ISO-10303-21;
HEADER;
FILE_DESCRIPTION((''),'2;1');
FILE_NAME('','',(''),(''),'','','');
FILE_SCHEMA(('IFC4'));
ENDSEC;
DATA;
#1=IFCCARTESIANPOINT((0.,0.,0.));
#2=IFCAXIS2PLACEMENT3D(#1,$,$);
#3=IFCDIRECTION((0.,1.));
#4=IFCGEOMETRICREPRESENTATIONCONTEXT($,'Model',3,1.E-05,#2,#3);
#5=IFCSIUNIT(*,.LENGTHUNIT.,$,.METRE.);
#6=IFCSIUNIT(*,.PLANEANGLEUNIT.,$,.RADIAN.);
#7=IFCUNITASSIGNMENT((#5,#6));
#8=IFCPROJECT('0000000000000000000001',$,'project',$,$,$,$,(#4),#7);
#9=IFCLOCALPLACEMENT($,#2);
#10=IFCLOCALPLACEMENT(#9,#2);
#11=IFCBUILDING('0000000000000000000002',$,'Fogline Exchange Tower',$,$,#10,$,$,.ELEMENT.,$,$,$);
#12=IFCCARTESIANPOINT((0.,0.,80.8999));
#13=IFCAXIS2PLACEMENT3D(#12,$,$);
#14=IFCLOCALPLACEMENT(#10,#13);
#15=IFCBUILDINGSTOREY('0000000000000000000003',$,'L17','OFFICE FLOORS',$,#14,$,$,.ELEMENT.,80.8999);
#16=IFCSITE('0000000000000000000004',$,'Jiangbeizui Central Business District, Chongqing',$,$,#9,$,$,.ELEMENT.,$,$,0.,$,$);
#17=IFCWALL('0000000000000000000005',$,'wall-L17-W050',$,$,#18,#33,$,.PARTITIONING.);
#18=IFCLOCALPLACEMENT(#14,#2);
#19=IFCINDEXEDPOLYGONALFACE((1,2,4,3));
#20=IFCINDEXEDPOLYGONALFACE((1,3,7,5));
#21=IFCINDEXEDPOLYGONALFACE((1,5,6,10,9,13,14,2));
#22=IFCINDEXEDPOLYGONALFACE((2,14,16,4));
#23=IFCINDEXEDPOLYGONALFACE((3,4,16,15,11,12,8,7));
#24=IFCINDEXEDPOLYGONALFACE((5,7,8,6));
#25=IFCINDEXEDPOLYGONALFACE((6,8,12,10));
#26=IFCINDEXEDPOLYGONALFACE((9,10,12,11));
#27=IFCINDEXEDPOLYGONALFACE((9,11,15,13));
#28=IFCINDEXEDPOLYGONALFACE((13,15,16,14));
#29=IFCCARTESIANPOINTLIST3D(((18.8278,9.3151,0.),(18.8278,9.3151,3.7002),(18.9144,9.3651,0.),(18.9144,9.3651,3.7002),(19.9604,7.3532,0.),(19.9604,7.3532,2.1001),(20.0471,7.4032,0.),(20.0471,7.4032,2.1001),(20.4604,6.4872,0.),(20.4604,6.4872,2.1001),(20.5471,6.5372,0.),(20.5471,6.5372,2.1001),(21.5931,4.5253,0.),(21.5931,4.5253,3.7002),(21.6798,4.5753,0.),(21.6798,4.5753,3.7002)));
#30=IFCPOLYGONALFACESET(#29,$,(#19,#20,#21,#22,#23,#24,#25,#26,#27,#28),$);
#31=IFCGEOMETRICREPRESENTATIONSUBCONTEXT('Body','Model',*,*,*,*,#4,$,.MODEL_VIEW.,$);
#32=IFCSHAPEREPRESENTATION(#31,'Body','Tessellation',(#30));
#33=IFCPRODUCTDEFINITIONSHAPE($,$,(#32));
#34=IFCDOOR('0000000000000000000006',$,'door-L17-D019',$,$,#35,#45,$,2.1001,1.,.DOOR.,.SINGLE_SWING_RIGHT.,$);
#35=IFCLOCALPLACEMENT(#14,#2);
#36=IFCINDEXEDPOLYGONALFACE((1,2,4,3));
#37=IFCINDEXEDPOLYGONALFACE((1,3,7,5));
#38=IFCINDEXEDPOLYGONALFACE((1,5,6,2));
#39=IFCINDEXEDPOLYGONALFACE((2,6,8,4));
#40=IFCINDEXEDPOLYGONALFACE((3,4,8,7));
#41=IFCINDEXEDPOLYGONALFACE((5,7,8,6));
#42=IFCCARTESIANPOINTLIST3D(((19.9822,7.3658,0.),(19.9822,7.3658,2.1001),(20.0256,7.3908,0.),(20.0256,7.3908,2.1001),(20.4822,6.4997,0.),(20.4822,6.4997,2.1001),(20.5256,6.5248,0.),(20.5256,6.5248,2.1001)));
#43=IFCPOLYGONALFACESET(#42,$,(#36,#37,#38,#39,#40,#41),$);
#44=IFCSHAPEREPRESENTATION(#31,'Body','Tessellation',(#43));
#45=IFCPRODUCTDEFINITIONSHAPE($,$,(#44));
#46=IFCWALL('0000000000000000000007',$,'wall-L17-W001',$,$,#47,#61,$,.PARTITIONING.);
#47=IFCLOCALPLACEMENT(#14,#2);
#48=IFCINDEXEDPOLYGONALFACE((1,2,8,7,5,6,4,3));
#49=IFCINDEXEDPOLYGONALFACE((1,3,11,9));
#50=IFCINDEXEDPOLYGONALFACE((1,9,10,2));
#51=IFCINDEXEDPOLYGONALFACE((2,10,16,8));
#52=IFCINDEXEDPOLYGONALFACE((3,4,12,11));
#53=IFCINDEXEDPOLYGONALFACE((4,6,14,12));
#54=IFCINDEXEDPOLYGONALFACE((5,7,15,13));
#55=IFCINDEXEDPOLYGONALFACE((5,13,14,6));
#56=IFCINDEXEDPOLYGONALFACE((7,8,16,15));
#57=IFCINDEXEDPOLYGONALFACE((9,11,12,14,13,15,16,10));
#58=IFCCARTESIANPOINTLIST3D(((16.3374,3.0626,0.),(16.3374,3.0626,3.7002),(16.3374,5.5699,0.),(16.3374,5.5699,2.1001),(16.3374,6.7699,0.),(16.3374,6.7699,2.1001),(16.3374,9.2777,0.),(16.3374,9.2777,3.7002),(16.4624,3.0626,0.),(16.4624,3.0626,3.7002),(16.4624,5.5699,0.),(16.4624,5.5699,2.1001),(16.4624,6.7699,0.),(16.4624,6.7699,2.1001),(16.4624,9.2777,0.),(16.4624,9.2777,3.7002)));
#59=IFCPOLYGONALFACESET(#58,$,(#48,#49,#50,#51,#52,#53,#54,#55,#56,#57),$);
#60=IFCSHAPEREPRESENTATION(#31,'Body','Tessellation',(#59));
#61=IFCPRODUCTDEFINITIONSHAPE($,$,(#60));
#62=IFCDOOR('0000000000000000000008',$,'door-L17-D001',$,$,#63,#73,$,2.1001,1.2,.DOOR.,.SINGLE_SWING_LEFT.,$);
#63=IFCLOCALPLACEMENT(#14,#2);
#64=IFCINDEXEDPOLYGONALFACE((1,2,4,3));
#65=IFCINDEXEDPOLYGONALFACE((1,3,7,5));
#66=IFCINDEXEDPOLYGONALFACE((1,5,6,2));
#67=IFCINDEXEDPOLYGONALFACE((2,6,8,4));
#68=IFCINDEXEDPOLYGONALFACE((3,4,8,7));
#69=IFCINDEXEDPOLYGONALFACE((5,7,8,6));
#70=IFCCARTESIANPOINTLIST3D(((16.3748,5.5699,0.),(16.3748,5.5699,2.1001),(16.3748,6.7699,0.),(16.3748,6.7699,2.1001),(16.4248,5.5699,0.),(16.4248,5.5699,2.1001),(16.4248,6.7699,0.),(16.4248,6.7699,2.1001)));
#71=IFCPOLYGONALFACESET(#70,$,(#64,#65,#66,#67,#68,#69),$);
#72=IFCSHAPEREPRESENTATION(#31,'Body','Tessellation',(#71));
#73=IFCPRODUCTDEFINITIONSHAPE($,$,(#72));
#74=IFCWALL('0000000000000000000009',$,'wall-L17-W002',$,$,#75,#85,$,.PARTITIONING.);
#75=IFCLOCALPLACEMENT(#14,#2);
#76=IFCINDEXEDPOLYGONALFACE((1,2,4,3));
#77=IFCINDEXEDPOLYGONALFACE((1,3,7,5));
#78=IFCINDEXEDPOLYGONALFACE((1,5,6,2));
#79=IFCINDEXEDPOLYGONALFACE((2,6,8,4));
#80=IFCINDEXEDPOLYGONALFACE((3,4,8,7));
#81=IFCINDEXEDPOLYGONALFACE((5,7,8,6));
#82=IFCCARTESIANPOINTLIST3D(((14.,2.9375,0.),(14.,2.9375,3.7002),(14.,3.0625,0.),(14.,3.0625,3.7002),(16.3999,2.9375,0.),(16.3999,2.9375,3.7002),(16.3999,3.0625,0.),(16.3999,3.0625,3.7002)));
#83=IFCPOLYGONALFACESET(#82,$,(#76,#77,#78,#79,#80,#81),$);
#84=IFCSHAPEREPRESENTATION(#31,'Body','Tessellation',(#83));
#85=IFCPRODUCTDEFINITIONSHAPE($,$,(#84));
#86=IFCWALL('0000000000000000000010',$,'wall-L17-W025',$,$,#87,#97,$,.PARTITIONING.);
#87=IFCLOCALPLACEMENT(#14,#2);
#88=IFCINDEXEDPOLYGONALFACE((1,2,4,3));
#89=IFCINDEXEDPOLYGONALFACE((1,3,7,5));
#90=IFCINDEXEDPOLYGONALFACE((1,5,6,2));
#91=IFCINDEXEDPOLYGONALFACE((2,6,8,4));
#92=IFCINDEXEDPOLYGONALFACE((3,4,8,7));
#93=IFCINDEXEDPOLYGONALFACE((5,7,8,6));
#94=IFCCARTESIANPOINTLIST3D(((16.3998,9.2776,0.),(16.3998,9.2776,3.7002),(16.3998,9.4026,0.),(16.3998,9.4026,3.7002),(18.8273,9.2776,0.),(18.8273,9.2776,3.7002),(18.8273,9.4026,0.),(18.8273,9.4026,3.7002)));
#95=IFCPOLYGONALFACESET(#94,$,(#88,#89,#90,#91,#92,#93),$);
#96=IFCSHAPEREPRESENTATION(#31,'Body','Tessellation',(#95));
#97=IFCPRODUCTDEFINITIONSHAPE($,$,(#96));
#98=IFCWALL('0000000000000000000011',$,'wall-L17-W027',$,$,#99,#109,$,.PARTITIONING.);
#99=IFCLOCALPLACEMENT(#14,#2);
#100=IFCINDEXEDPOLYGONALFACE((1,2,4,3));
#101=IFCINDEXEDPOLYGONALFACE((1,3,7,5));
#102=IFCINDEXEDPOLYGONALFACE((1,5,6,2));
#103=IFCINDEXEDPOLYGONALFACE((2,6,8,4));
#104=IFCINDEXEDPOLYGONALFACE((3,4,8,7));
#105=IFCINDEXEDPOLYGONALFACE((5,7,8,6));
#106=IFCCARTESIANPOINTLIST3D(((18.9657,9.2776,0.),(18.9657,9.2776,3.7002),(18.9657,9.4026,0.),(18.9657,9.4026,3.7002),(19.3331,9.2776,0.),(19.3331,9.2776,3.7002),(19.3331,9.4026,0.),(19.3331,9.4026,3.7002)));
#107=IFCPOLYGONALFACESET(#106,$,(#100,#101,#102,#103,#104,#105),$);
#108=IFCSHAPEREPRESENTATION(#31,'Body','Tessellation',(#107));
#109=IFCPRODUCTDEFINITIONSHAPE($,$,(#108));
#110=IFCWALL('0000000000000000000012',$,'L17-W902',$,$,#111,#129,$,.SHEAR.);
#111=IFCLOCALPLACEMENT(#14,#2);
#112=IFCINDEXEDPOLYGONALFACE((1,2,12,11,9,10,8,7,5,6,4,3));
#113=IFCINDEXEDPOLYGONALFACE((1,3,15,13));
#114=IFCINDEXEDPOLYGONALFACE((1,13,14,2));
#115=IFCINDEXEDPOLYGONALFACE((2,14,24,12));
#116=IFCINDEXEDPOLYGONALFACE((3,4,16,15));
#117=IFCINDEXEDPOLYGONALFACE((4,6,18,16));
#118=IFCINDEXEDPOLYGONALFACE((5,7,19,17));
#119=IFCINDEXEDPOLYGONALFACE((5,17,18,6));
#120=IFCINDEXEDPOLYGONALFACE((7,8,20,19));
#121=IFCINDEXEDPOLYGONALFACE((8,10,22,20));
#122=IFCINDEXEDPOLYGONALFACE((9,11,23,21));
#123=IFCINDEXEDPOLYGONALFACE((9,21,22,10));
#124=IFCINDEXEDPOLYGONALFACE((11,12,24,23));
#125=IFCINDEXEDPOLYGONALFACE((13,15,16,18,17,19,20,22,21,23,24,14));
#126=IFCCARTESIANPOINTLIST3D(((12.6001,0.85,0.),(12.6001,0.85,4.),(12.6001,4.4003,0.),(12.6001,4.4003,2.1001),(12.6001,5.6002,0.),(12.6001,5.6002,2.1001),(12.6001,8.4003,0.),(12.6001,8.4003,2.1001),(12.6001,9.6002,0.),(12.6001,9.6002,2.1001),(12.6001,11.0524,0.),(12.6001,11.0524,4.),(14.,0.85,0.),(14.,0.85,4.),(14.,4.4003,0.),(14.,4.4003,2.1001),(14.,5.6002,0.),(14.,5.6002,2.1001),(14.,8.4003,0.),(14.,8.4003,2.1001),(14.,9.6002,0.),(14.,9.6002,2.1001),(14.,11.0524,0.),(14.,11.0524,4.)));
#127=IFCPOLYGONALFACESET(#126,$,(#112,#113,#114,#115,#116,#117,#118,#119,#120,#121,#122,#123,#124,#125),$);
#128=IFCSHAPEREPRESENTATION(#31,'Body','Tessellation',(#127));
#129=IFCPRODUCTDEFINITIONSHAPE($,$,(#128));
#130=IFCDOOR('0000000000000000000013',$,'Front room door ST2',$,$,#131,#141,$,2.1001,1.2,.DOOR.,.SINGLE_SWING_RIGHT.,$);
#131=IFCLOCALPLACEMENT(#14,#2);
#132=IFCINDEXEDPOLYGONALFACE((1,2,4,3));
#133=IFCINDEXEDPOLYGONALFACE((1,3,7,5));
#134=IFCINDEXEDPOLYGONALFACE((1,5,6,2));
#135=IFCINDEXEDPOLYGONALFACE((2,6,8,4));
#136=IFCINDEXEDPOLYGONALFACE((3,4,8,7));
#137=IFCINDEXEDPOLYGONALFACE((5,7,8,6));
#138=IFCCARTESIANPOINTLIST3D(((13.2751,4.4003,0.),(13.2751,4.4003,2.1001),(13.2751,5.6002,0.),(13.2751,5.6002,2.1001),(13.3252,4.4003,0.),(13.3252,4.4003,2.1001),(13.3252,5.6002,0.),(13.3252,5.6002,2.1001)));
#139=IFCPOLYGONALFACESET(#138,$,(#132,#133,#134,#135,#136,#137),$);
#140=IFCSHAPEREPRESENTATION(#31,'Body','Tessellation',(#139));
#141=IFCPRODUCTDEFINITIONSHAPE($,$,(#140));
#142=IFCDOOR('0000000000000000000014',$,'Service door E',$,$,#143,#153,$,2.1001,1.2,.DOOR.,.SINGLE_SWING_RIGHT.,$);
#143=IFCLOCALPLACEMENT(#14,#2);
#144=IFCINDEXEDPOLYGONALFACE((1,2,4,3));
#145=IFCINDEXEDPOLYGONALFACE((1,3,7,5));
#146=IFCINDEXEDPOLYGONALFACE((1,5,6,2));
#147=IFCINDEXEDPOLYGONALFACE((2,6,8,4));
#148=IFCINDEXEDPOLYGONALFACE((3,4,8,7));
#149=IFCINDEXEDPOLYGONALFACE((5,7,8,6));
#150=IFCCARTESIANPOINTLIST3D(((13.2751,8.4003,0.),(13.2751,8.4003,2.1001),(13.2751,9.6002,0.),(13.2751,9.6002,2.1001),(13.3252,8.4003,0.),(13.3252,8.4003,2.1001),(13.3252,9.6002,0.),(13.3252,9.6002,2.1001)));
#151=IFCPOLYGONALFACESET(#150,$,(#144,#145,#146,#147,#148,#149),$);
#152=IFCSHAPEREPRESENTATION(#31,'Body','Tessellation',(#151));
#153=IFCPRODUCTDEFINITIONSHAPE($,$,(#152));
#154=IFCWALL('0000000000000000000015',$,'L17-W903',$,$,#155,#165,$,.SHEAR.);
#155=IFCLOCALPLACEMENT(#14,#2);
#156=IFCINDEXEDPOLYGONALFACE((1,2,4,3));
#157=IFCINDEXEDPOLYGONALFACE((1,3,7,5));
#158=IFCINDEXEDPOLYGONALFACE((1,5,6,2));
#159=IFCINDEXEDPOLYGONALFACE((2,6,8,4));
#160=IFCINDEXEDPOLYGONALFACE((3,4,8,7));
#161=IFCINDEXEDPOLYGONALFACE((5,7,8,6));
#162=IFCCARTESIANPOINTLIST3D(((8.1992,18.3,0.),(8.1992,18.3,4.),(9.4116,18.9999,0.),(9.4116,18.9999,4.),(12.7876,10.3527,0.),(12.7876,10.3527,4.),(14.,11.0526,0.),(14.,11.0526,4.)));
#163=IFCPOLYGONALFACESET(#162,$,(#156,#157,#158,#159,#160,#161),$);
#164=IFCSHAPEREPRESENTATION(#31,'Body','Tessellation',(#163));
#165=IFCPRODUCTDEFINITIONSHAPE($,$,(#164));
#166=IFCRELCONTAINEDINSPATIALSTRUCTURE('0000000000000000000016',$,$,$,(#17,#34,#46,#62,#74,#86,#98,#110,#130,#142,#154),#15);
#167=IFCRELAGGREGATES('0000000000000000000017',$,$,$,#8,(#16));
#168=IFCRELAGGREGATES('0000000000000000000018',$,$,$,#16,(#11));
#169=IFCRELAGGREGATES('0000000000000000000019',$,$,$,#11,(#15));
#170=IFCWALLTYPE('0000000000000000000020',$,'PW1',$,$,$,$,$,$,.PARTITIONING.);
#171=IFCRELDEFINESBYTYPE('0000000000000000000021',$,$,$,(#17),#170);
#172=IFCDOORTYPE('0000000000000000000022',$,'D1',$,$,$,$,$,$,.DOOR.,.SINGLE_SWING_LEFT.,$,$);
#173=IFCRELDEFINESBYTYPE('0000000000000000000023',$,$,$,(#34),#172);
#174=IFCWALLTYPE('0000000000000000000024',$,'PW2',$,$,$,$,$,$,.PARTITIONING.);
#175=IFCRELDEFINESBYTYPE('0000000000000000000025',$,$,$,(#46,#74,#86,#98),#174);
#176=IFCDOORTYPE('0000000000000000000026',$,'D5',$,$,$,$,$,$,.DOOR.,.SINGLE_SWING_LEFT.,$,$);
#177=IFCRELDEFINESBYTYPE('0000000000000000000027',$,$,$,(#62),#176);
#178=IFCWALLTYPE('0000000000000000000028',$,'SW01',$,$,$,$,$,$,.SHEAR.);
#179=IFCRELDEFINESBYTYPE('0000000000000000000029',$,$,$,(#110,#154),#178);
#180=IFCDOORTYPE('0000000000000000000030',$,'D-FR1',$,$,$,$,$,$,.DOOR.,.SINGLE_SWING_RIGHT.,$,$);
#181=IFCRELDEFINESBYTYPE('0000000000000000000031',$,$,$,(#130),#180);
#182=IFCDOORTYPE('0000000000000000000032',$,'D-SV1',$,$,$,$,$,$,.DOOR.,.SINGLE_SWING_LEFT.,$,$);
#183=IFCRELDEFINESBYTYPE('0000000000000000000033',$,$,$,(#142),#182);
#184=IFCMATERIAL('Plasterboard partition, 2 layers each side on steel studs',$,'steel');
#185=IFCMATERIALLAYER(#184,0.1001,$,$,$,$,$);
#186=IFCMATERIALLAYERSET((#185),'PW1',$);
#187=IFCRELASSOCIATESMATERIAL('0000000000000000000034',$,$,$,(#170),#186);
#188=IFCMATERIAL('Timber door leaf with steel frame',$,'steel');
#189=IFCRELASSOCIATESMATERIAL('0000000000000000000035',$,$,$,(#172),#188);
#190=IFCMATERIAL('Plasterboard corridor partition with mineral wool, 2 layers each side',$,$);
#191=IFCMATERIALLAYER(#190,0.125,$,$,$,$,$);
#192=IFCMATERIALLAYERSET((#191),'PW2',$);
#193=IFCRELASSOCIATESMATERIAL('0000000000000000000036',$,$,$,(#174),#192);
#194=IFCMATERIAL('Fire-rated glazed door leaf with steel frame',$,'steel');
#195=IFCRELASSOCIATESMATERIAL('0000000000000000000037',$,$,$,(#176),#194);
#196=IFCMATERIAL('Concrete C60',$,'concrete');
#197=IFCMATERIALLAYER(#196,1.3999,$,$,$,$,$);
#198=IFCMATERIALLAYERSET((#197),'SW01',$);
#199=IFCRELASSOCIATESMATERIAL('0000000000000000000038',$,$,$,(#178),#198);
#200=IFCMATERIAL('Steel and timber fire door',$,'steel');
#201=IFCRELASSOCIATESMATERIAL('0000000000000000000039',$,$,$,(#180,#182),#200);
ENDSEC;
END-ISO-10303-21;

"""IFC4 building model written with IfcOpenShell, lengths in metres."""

from ifc_helpers import new_model, si_unit, direction, frame, frame_2d, origin, place, context, subcontext, project, spatial, rectangle, extrude, material, layer, layer_set, type_object, element, fill, save


model = new_model("IFC4")

# Units and contexts
model_context = context("Model", 3, precision=1e-05, world=origin(), true_north=direction((0.0, 1.0)))
body_context = subcontext(model_context, "Body", "Model", "MODEL_VIEW")
ifc_project = project(units=[si_unit("LENGTHUNIT", "METRE"), si_unit("PLANEANGLEUNIT", "RADIAN")], contexts=[model_context])

# Site, building, storey
site_placement = place(None, origin())
site = spatial("IfcSite", under=ifc_project, at=site_placement, Name="Jiangbeizui Central Business District, Chongqing", CompositionType="ELEMENT", RefElevation=0.0)
building_placement = place(site_placement, origin())
building = spatial("IfcBuilding", under=site, at=building_placement, Name="Fogline Exchange Tower", CompositionType="ELEMENT")
storey_placement = place(building_placement, frame((0.0, 0.0, 80.8999)))
storey = spatial("IfcBuildingStorey", under=building, at=storey_placement, Name="L17", Description="OFFICE FLOORS", CompositionType="ELEMENT", Elevation=80.8999)

# Shared definitions
ifc_material_1 = material(Name="Steel and timber fire door", Category="steel")

# Walls, openings, doors
ifc_material_2 = material(Name="Plasterboard partition, 2 layers each side on steel studs", Category="steel")
ifc_layer_1 = layer(ifc_material_2, 0.1001)
ifc_layer_set_1 = layer_set([ifc_layer_1], Name="PW1")
wall_type_1 = type_object("IfcWallType", Name="PW1", PredefinedType="PARTITIONING", material=ifc_layer_set_1)
wall_1_placement = place(storey_placement, frame((18.8711, 9.3401, 0.0), z_axis=(0.0, 0.0, 1.0), x_axis=(0.499999, -0.866026, 0.0)))
wall_1 = element("IfcWall", 1, at=wall_1_placement, inside=storey, type_object=wall_type_1, Name="wall-L17-W050", PredefinedType="PARTITIONING", context=body_context, shape_type="SweptSolid", body=[
    extrude(rectangle(XDim=5.5308, YDim=0.1001, at=frame_2d((2.7654, 0.0))), origin(), (0.0, 0.0, 1.0), 3.7002),
])
opening_1_placement = place(wall_1_placement, frame((2.2654, 0.0, 0.0)))
opening_1 = element("IfcOpeningElement", 2, at=opening_1_placement, cuts=wall_1, PredefinedType="OPENING", context=body_context, shape_type="SweptSolid", body=[
    extrude(rectangle(XDim=1.0, YDim=2.1001, at=frame_2d((0.5, 1.05))), frame((0.0, 0.0601, 0.0), z_axis=(0.0, -1.0, 0.0), x_axis=(1.0, 0.0, 0.0)), (0.0, 0.0, 1.0), 0.1201),
])
ifc_material_3 = material(Name="Timber door leaf with steel frame", Category="steel")
door_type_1 = type_object("IfcDoorType", Name="D1", OperationType="SINGLE_SWING_LEFT", PredefinedType="DOOR", material=ifc_material_3)
door_1_placement = place(opening_1_placement, frame((1.0, 0.0, 0.0), z_axis=(0.0, 0.0, 1.0), x_axis=(-1.0, 0.0, 0.0)))
door_1 = element("IfcDoor", 3, at=door_1_placement, inside=storey, type_object=door_type_1, Name="door-L17-D019", OperationType="SINGLE_SWING_RIGHT", OverallHeight=2.1001, OverallWidth=1.0, PredefinedType="DOOR", context=body_context, shape_type="SweptSolid", body=[
    extrude(rectangle(XDim=1.0, YDim=2.1001, at=frame_2d((0.5, 1.05))), frame((0.0, 0.0249, 0.0), z_axis=(0.0, -1.0, 0.0), x_axis=(1.0, 0.0, 0.0)), (0.0, 0.0, 1.0), 0.05),
])
fill(opening_1, door_1)
ifc_material_4 = material(Name="Plasterboard corridor partition with mineral wool, 2 layers each side")
ifc_layer_2 = layer(ifc_material_4, 0.125)
ifc_layer_set_2 = layer_set([ifc_layer_2], Name="PW2")
wall_type_2 = type_object("IfcWallType", Name="PW2", PredefinedType="PARTITIONING", material=ifc_layer_set_2)
wall_2_placement = place(storey_placement, frame((16.3999, 9.2776, 0.0), z_axis=(0.0, 0.0, 1.0), x_axis=(0.0, -1.0, 0.0)))
wall_2 = element("IfcWall", 4, at=wall_2_placement, inside=storey, type_object=wall_type_2, Name="wall-L17-W001", PredefinedType="PARTITIONING", context=body_context, shape_type="SweptSolid", body=[
    extrude(rectangle(XDim=6.2151, YDim=0.125, at=frame_2d((3.1074, 0.0))), origin(), (0.0, 0.0, 1.0), 3.7002),
])
opening_2_placement = place(wall_2_placement, frame((2.5076, 0.0, 0.0)))
opening_2 = element("IfcOpeningElement", 5, at=opening_2_placement, cuts=wall_2, PredefinedType="OPENING", context=body_context, shape_type="SweptSolid", body=[
    extrude(rectangle(XDim=1.2, YDim=2.1001, at=frame_2d((0.6001, 1.05))), frame((0.0, 0.0725, 0.0), z_axis=(0.0, -1.0, 0.0), x_axis=(1.0, 0.0, 0.0)), (0.0, 0.0, 1.0), 0.145),
])
ifc_material_5 = material(Name="Fire-rated glazed door leaf with steel frame", Category="steel")
door_type_2 = type_object("IfcDoorType", Name="D5", OperationType="SINGLE_SWING_LEFT", PredefinedType="DOOR", material=ifc_material_5)
door_2_placement = place(opening_2_placement, origin())
door_2 = element("IfcDoor", 6, at=door_2_placement, inside=storey, type_object=door_type_2, Name="door-L17-D001", OperationType="SINGLE_SWING_LEFT", OverallHeight=2.1001, OverallWidth=1.2, PredefinedType="DOOR", context=body_context, shape_type="SweptSolid", body=[
    extrude(rectangle(XDim=1.2, YDim=2.1001, at=frame_2d((0.6001, 1.05))), frame((0.0, 0.0249, 0.0), z_axis=(0.0, -1.0, 0.0), x_axis=(1.0, 0.0, 0.0)), (0.0, 0.0, 1.0), 0.05),
])
fill(opening_2, door_2)

# Walls
wall_3_placement = place(storey_placement, frame((16.3999, 3.0, 0.0), z_axis=(0.0, 0.0, 1.0), x_axis=(-1.0, 0.0, 0.0)))
element("IfcWall", 7, at=wall_3_placement, inside=storey, type_object=wall_type_2, Name="wall-L17-W002", PredefinedType="PARTITIONING", context=body_context, shape_type="SweptSolid", body=[
    extrude(rectangle(XDim=2.3999, YDim=0.125, at=frame_2d((1.2, 0.0))), origin(), (0.0, 0.0, 1.0), 3.7002),
])
wall_4_placement = place(storey_placement, frame((18.8274, 9.3401, 0.0), z_axis=(0.0, 0.0, 1.0), x_axis=(-1.0, 0.0, 0.0)))
element("IfcWall", 8, at=wall_4_placement, inside=storey, type_object=wall_type_2, Name="wall-L17-W025", PredefinedType="PARTITIONING", context=body_context, shape_type="SweptSolid", body=[
    extrude(rectangle(XDim=2.4275, YDim=0.125, at=frame_2d((1.2139, 0.0))), origin(), (0.0, 0.0, 1.0), 3.7002),
])
wall_5_placement = place(storey_placement, frame((19.333, 9.3401, 0.0), z_axis=(0.0, 0.0, 1.0), x_axis=(-1.0, 0.0, 0.0)))
element("IfcWall", 9, at=wall_5_placement, inside=storey, type_object=wall_type_2, Name="wall-L17-W027", PredefinedType="PARTITIONING", context=body_context, shape_type="SweptSolid", body=[
    extrude(rectangle(XDim=0.3674, YDim=0.125, at=frame_2d((0.1836, 0.0))), origin(), (0.0, 0.0, 1.0), 3.7002),
])

# Wall, openings, doors
ifc_material_6 = material(Name="Concrete C60", Category="concrete")
ifc_layer_3 = layer(ifc_material_6, 1.3999)
ifc_layer_set_3 = layer_set([ifc_layer_3], Name="SW01")
wall_type_3 = type_object("IfcWallType", Name="SW01", PredefinedType="SHEAR", material=ifc_layer_set_3)
wall_6_placement = place(storey_placement, frame((13.3, 0.8501, 0.0), z_axis=(0.0, 0.0, 1.0), x_axis=(0.0, 1.0, 0.0)))
wall_6 = element("IfcWall", 10, at=wall_6_placement, inside=storey, type_object=wall_type_3, Name="L17-W902", PredefinedType="SHEAR", context=body_context, shape_type="SweptSolid", body=[
    extrude(rectangle(XDim=10.2024, YDim=1.3999, at=frame_2d((5.1011, 0.0))), origin(), (0.0, 0.0, 1.0), 4.0),
])
opening_3_placement = place(wall_6_placement, frame((3.55, 0.0, 0.0)))
opening_3 = element("IfcOpeningElement", 11, at=opening_3_placement, cuts=wall_6, PredefinedType="OPENING", context=body_context, shape_type="SweptSolid", body=[
    extrude(rectangle(XDim=1.2, YDim=2.1001, at=frame_2d((0.6001, 1.05))), frame((0.0, 0.71, 0.0), z_axis=(0.0, -1.0, 0.0), x_axis=(1.0, 0.0, 0.0)), (0.0, 0.0, 1.0), 1.4199),
])
opening_4_placement = place(wall_6_placement, frame((7.55, 0.0, 0.0)))
opening_4 = element("IfcOpeningElement", 12, at=opening_4_placement, cuts=wall_6, PredefinedType="OPENING", context=body_context, shape_type="SweptSolid", body=[
    extrude(rectangle(XDim=1.2, YDim=2.1001, at=frame_2d((0.6001, 1.05))), frame((0.0, 0.71, 0.0), z_axis=(0.0, -1.0, 0.0), x_axis=(1.0, 0.0, 0.0)), (0.0, 0.0, 1.0), 1.4199),
])
door_type_3 = type_object("IfcDoorType", Name="D-FR1", OperationType="SINGLE_SWING_RIGHT", PredefinedType="DOOR", material=ifc_material_1)
door_3_placement = place(opening_3_placement, origin())
door_3 = element("IfcDoor", 13, at=door_3_placement, inside=storey, type_object=door_type_3, Name="Front room door ST2", OperationType="SINGLE_SWING_RIGHT", OverallHeight=2.1001, OverallWidth=1.2, PredefinedType="DOOR", context=body_context, shape_type="SweptSolid", body=[
    extrude(rectangle(XDim=1.2, YDim=2.1001, at=frame_2d((0.6001, 1.05))), frame((0.0, 0.0249, 0.0), z_axis=(0.0, -1.0, 0.0), x_axis=(1.0, 0.0, 0.0)), (0.0, 0.0, 1.0), 0.05),
])
fill(opening_3, door_3)
door_type_4 = type_object("IfcDoorType", Name="D-SV1", OperationType="SINGLE_SWING_LEFT", PredefinedType="DOOR", material=ifc_material_1)
door_4_placement = place(opening_4_placement, origin())
door_4 = element("IfcDoor", 14, at=door_4_placement, inside=storey, type_object=door_type_4, Name="Service door E", OperationType="SINGLE_SWING_RIGHT", OverallHeight=2.1001, OverallWidth=1.2, PredefinedType="DOOR", context=body_context, shape_type="SweptSolid", body=[
    extrude(rectangle(XDim=1.2, YDim=2.1001, at=frame_2d((0.6001, 1.05))), frame((0.0, 0.0249, 0.0), z_axis=(0.0, -1.0, 0.0), x_axis=(1.0, 0.0, 0.0)), (0.0, 0.0, 1.0), 0.05),
])
fill(opening_4, door_4)

# Wall
wall_7_placement = place(storey_placement, frame((13.3938, 10.7026, 0.0), z_axis=(0.0, 0.0, 1.0), x_axis=(-0.500002, 0.866024, 0.0)))
element("IfcWall", 15, at=wall_7_placement, inside=storey, type_object=wall_type_3, Name="L17-W903", PredefinedType="SHEAR", context=body_context, shape_type="SweptSolid", body=[
    extrude(rectangle(XDim=9.1768, YDim=1.3999, at=frame_2d((4.5884, 0.0))), origin(), (0.0, 0.0, 1.0), 4.0),
])

save(model, "model.ifc")
